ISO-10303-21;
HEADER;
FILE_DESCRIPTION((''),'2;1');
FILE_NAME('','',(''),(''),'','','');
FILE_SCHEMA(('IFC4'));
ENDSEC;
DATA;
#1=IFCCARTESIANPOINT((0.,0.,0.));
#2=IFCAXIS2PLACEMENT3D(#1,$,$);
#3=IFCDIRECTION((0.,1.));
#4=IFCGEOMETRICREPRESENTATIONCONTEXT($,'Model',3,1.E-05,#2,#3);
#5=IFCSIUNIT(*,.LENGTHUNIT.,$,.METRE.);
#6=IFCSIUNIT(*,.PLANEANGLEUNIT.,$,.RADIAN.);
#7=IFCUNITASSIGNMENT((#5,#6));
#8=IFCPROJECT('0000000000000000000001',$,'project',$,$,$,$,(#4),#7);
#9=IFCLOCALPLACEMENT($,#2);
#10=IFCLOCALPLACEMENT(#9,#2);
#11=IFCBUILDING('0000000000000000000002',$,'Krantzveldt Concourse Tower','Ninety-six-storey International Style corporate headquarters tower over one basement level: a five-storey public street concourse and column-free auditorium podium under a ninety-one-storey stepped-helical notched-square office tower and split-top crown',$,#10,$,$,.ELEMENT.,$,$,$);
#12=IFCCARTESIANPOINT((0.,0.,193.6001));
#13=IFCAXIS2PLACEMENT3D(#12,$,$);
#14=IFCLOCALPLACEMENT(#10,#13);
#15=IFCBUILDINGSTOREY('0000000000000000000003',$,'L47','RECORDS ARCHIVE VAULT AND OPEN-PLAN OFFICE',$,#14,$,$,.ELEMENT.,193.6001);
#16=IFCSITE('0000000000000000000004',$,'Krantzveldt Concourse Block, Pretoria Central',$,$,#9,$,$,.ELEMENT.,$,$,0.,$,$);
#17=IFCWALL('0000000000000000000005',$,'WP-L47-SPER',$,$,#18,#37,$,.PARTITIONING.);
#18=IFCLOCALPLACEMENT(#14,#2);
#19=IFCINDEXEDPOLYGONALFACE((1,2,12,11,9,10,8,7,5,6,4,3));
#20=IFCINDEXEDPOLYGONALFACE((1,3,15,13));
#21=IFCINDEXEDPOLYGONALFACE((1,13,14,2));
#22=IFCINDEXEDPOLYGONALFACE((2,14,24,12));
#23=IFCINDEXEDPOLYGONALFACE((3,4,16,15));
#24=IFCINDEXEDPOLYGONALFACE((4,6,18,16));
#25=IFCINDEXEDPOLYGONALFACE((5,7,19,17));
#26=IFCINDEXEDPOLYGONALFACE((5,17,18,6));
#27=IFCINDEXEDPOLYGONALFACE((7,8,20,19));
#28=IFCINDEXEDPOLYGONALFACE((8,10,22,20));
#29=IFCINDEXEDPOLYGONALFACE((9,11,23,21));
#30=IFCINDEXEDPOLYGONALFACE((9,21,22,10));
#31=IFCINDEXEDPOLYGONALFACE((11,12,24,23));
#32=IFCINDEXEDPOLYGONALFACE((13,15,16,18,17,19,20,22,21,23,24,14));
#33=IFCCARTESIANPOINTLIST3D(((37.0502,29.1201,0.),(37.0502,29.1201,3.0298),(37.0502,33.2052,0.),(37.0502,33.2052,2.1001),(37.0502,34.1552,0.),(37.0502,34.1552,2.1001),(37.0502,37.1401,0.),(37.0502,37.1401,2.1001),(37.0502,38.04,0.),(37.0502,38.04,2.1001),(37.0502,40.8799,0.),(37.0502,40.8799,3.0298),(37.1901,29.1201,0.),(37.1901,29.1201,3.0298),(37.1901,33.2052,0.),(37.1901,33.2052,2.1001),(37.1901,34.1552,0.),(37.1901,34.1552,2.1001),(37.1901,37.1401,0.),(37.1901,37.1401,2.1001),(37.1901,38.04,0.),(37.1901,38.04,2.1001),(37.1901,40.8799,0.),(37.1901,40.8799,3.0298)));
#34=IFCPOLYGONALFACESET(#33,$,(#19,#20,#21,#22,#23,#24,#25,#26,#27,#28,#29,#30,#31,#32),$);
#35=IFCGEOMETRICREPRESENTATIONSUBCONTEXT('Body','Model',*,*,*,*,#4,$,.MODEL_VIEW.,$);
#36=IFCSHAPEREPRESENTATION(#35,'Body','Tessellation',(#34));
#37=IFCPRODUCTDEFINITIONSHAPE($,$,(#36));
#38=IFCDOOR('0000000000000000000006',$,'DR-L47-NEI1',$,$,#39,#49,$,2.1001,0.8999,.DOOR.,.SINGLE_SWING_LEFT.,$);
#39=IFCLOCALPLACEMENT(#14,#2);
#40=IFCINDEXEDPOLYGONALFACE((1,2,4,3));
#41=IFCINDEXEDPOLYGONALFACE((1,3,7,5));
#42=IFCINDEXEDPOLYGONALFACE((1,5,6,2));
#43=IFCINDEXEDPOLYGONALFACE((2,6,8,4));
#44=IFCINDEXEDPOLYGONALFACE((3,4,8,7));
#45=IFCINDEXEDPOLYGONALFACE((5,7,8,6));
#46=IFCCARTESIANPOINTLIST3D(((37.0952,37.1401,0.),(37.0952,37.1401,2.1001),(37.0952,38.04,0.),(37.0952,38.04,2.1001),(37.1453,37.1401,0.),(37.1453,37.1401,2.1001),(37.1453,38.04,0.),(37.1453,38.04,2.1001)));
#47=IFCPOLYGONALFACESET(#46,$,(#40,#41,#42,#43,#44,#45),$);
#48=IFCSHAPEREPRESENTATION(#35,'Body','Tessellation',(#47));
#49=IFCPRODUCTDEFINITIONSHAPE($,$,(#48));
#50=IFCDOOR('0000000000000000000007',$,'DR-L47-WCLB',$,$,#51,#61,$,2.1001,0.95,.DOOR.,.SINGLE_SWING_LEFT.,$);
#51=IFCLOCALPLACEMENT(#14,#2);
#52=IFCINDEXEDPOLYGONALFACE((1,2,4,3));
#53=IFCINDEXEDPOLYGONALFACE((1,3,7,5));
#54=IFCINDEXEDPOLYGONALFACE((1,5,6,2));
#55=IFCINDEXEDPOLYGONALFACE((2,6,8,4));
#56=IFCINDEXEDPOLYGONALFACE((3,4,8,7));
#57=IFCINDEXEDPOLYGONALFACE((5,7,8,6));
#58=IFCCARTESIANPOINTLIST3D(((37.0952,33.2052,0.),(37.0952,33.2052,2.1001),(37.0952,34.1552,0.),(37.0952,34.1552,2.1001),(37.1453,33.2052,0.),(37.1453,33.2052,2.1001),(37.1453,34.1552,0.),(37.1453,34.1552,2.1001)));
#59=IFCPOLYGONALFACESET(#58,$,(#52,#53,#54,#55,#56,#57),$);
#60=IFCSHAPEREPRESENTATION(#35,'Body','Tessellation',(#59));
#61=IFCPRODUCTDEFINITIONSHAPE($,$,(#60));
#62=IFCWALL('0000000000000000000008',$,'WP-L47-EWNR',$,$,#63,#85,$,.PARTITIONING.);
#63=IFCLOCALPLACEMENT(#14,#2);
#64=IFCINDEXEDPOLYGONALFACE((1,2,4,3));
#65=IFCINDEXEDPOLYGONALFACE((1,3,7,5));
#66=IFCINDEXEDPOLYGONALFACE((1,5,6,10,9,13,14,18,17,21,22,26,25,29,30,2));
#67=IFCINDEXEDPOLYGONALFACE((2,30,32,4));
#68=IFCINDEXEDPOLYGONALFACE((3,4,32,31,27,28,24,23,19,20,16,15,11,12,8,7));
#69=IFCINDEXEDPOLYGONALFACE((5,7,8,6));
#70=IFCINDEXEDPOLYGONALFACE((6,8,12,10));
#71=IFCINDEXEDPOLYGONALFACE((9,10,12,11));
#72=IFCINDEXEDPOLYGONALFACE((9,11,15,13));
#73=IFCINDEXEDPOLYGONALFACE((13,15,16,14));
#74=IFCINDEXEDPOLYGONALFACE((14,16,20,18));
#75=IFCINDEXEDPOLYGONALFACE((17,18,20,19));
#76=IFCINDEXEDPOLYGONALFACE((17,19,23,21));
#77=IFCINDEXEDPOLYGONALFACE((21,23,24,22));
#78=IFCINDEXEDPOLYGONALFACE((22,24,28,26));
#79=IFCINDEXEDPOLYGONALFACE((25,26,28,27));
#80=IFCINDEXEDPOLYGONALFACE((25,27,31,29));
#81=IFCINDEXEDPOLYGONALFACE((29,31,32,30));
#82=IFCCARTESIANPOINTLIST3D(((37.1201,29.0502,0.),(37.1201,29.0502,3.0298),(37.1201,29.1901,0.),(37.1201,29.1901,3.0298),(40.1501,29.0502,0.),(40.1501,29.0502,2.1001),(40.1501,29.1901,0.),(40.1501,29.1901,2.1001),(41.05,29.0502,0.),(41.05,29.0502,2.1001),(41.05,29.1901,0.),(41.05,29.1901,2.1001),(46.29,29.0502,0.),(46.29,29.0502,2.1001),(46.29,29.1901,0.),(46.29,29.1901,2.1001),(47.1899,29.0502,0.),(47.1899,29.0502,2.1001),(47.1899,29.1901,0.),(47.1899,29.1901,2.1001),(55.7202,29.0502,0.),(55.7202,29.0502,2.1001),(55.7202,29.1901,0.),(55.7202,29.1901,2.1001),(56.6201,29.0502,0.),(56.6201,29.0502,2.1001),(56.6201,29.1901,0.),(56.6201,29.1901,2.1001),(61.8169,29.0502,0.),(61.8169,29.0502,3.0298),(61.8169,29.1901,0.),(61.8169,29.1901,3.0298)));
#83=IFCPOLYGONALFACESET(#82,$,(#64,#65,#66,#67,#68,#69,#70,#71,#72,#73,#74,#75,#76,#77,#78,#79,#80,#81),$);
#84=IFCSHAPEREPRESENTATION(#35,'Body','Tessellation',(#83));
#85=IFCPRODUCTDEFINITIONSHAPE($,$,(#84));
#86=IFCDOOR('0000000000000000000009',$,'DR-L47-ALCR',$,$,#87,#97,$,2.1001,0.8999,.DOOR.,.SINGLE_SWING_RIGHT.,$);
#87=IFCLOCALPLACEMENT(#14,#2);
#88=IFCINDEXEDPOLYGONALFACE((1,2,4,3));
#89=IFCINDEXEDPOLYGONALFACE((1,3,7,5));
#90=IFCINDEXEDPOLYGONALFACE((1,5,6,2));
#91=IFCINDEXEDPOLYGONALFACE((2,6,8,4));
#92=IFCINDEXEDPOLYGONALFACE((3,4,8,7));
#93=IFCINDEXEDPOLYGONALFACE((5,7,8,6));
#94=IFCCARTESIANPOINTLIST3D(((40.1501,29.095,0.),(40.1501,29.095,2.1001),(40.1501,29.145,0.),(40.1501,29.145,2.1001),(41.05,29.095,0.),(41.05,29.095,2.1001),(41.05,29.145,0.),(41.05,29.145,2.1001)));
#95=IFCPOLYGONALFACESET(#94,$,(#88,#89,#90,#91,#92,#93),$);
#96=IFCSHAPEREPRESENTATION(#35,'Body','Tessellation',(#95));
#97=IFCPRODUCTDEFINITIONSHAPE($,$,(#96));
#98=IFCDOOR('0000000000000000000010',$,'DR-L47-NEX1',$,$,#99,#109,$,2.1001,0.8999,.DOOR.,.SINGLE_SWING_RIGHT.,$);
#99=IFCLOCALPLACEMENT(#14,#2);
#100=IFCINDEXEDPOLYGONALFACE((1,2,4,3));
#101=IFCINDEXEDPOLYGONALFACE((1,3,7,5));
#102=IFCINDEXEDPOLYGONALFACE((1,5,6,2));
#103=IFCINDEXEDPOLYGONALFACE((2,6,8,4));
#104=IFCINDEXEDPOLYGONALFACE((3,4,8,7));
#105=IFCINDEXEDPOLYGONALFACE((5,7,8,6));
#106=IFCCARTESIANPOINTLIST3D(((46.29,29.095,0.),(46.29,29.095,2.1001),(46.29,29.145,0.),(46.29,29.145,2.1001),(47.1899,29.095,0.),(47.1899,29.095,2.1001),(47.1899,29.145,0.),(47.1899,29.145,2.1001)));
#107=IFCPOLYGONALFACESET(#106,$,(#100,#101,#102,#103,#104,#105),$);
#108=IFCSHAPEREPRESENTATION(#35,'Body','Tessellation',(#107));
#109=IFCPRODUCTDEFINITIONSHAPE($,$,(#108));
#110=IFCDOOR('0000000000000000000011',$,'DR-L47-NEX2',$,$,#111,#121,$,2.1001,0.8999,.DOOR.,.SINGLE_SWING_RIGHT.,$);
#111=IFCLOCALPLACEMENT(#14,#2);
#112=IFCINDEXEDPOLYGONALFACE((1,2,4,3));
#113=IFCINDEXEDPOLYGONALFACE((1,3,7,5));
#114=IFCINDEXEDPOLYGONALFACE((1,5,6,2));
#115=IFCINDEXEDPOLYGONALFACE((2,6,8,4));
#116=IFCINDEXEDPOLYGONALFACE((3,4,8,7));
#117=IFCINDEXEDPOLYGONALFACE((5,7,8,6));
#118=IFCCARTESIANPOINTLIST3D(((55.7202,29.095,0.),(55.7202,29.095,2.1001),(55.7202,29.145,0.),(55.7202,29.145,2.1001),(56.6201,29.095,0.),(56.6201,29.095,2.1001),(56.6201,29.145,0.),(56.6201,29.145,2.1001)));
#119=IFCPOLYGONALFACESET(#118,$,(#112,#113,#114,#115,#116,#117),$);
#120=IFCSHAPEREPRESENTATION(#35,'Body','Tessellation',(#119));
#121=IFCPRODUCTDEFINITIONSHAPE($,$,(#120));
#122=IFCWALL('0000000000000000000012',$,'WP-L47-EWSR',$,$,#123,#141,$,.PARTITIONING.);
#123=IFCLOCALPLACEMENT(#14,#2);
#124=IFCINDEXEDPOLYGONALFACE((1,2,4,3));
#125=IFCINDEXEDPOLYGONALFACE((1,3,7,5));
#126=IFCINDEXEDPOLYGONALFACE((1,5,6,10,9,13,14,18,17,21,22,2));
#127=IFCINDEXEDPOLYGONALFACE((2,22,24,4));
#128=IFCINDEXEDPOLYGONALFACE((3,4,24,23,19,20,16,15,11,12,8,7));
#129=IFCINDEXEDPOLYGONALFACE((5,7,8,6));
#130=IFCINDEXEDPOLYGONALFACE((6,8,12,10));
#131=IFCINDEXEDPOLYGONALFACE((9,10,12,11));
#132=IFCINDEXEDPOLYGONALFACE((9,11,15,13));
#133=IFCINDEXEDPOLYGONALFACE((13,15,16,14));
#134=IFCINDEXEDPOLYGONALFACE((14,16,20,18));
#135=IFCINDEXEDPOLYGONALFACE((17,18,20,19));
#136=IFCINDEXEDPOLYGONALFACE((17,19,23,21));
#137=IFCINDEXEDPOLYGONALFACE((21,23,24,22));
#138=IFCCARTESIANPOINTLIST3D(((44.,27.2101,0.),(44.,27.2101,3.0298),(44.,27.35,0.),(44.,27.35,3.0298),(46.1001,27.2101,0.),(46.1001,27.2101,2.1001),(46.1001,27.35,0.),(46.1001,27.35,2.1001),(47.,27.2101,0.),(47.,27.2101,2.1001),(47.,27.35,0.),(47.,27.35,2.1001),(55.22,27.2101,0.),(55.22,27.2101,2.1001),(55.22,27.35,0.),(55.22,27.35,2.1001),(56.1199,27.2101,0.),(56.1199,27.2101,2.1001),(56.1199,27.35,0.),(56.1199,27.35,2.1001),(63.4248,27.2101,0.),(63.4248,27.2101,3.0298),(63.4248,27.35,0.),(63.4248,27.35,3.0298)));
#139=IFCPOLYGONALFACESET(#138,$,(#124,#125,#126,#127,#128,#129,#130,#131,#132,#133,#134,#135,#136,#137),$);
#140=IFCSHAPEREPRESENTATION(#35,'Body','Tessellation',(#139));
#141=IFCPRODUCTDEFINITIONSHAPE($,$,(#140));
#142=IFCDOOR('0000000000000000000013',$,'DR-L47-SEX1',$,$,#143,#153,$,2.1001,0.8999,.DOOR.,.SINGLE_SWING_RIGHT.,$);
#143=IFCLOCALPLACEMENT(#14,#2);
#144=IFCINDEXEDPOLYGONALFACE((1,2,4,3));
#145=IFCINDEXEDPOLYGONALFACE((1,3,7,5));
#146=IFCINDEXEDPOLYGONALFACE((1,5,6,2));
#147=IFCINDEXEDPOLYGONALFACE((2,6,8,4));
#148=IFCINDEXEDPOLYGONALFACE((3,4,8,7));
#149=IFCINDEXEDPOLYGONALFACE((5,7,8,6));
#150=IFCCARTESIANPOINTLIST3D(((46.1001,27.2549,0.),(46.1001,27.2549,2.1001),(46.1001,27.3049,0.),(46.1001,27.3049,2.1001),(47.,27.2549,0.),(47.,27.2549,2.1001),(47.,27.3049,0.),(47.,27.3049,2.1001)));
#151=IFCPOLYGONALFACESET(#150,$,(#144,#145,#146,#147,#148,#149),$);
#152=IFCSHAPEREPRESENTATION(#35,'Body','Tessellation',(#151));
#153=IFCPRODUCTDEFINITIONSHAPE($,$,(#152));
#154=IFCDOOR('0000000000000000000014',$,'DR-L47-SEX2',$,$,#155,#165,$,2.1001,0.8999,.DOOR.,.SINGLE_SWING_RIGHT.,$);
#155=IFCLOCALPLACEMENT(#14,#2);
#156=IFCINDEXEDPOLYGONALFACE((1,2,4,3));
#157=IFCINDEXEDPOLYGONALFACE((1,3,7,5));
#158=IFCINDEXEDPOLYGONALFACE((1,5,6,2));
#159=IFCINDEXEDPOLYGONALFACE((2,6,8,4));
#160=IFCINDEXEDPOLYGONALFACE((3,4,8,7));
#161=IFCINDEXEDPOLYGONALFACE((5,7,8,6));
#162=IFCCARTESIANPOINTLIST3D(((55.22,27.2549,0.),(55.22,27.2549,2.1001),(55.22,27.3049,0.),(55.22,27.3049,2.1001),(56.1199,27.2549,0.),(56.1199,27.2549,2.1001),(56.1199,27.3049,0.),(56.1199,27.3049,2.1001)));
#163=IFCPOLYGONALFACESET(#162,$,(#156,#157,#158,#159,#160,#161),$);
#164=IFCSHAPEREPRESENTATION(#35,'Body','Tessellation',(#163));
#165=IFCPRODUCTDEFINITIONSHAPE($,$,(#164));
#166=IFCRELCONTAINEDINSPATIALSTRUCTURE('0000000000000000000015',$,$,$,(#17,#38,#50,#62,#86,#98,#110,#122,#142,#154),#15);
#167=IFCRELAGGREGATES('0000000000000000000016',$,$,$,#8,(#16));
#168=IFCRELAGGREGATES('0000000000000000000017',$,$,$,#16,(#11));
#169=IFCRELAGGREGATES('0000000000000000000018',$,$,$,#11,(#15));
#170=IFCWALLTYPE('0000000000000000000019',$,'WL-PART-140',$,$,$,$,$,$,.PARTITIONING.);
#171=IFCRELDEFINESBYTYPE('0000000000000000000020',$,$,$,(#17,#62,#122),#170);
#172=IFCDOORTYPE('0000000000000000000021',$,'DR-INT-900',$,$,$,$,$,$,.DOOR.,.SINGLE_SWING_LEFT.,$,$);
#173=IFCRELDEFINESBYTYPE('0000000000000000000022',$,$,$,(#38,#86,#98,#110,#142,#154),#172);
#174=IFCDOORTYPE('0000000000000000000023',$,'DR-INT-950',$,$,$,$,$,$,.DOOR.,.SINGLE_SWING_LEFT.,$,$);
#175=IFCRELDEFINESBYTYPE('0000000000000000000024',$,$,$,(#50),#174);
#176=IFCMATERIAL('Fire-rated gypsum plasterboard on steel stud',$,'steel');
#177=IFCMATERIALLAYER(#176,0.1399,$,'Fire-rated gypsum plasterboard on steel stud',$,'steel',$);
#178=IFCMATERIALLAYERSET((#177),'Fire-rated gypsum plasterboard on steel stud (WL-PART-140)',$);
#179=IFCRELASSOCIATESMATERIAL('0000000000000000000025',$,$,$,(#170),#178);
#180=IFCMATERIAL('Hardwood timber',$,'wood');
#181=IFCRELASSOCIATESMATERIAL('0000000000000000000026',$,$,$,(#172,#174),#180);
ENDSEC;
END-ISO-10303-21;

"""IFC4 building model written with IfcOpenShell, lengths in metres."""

from ifc_helpers import new_model, si_unit, direction, frame, frame_2d, origin, place, context, subcontext, project, spatial, rectangle, extrude, material, layer, layer_set, type_object, element, fill, save


model = new_model("IFC4")

# Units and contexts
model_context = context("Model", 3, precision=1e-05, world=origin(), true_north=direction((0.0, 1.0)))
body_context = subcontext(model_context, "Body", "Model", "MODEL_VIEW")
ifc_project = project(units=[si_unit("LENGTHUNIT", "METRE"), si_unit("PLANEANGLEUNIT", "RADIAN")], contexts=[model_context])

# Site, building, storey
site_placement = place(None, origin())
site = spatial("IfcSite", under=ifc_project, at=site_placement, Name="Krantzveldt Concourse Block, Pretoria Central", CompositionType="ELEMENT", RefElevation=0.0)
building_placement = place(site_placement, origin())
building = spatial("IfcBuilding", under=site, at=building_placement, Name="Krantzveldt Concourse Tower", Description="Ninety-six-storey International Style corporate headquarters tower over one basement level: a five-storey public street concourse and column-free auditorium podium under a ninety-one-storey stepped-helical notched-square office tower and split-top crown", CompositionType="ELEMENT")
storey_placement = place(building_placement, frame((0.0, 0.0, 193.6001)))
storey = spatial("IfcBuildingStorey", under=building, at=storey_placement, Name="L47", Description="RECORDS ARCHIVE VAULT AND OPEN-PLAN OFFICE", CompositionType="ELEMENT", Elevation=193.6001)

# Shared definitions
ifc_material_1 = material(Name="Fire-rated gypsum plasterboard on steel stud", Category="steel")

# Walls, openings, doors
ifc_layer_1 = layer(ifc_material_1, 0.1399, Name="Fire-rated gypsum plasterboard on steel stud", Category="steel")
ifc_layer_set_1 = layer_set([ifc_layer_1], Name="Fire-rated gypsum plasterboard on steel stud (WL-PART-140)")
wall_type_1 = type_object("IfcWallType", Name="WL-PART-140", PredefinedType="PARTITIONING", material=ifc_layer_set_1)
wall_1_placement = place(storey_placement, frame((37.1201, 29.1201, 0.0), z_axis=(0.0, 0.0, 1.0), x_axis=(0.0, 1.0, 0.0)))
wall_1 = element("IfcWall", 1, at=wall_1_placement, inside=storey, type_object=wall_type_1, Name="WP-L47-SPER", PredefinedType="PARTITIONING", context=body_context, shape_type="SweptSolid", body=[
    extrude(rectangle(XDim=11.7598, YDim=0.1399, at=frame_2d((5.8799, 0.0))), origin(), (0.0, 0.0, 1.0), 3.0298),
])
opening_1_placement = place(wall_1_placement, frame((4.085, 0.0, 0.0)))
opening_1 = element("IfcOpeningElement", 2, at=opening_1_placement, cuts=wall_1, PredefinedType="OPENING", context=body_context, shape_type="SweptSolid", body=[
    extrude(rectangle(XDim=0.95, YDim=2.1001, at=frame_2d((0.4751, 1.05))), frame((0.0, 0.0801, 0.0), z_axis=(0.0, -1.0, 0.0), x_axis=(1.0, 0.0, 0.0)), (0.0, 0.0, 1.0), 0.1599),
])
opening_2_placement = place(wall_1_placement, frame((8.02, 0.0, 0.0)))
opening_2 = element("IfcOpeningElement", 3, at=opening_2_placement, cuts=wall_1, PredefinedType="OPENING", context=body_context, shape_type="SweptSolid", body=[
    extrude(rectangle(XDim=0.8999, YDim=2.1001, at=frame_2d((0.45, 1.05))), frame((0.0, 0.0801, 0.0), z_axis=(0.0, -1.0, 0.0), x_axis=(1.0, 0.0, 0.0)), (0.0, 0.0, 1.0), 0.1599),
])
ifc_material_2 = material(Name="Hardwood timber", Category="wood")
door_type_1 = type_object("IfcDoorType", Name="DR-INT-900", OperationType="SINGLE_SWING_LEFT", PredefinedType="DOOR", material=ifc_material_2)
door_1_placement = place(opening_2_placement, origin())
door_1 = element("IfcDoor", 4, at=door_1_placement, inside=storey, type_object=door_type_1, Name="DR-L47-NEI1", OperationType="SINGLE_SWING_LEFT", OverallHeight=2.1001, OverallWidth=0.8999, PredefinedType="DOOR", context=body_context, shape_type="SweptSolid", body=[
    extrude(rectangle(XDim=0.8999, YDim=2.1001, at=frame_2d((0.45, 1.05))), frame((0.0, 0.0249, 0.0), z_axis=(0.0, -1.0, 0.0), x_axis=(1.0, 0.0, 0.0)), (0.0, 0.0, 1.0), 0.05),
])
fill(opening_2, door_1)
door_type_2 = type_object("IfcDoorType", Name="DR-INT-950", OperationType="SINGLE_SWING_LEFT", PredefinedType="DOOR", material=ifc_material_2)
door_2_placement = place(opening_1_placement, origin())
door_2 = element("IfcDoor", 5, at=door_2_placement, inside=storey, type_object=door_type_2, Name="DR-L47-WCLB", OperationType="SINGLE_SWING_LEFT", OverallHeight=2.1001, OverallWidth=0.95, PredefinedType="DOOR", context=body_context, shape_type="SweptSolid", body=[
    extrude(rectangle(XDim=0.95, YDim=2.1001, at=frame_2d((0.4751, 1.05))), frame((0.0, 0.0249, 0.0), z_axis=(0.0, -1.0, 0.0), x_axis=(1.0, 0.0, 0.0)), (0.0, 0.0, 1.0), 0.05),
])
fill(opening_1, door_2)
wall_2_placement = place(storey_placement, frame((37.1201, 29.1201, 0.0), z_axis=(0.0, 0.0, 1.0), x_axis=(1.0, 0.0, 0.0)))
wall_2 = element("IfcWall", 6, at=wall_2_placement, inside=storey, type_object=wall_type_1, Name="WP-L47-EWNR", PredefinedType="PARTITIONING", context=body_context, shape_type="SweptSolid", body=[
    extrude(rectangle(XDim=24.6968, YDim=0.1399, at=frame_2d((12.3484, 0.0))), origin(), (0.0, 0.0, 1.0), 3.0298),
])
opening_3_placement = place(wall_2_placement, frame((3.03, 0.0, 0.0)))
opening_3 = element("IfcOpeningElement", 7, at=opening_3_placement, cuts=wall_2, PredefinedType="OPENING", context=body_context, shape_type="SweptSolid", body=[
    extrude(rectangle(XDim=0.8999, YDim=2.1001, at=frame_2d((0.45, 1.05))), frame((0.0, 0.0801, 0.0), z_axis=(0.0, -1.0, 0.0), x_axis=(1.0, 0.0, 0.0)), (0.0, 0.0, 1.0), 0.1599),
])
opening_4_placement = place(wall_2_placement, frame((9.1699, 0.0, 0.0)))
opening_4 = element("IfcOpeningElement", 8, at=opening_4_placement, cuts=wall_2, PredefinedType="OPENING", context=body_context, shape_type="SweptSolid", body=[
    extrude(rectangle(XDim=0.8999, YDim=2.1001, at=frame_2d((0.45, 1.05))), frame((0.0, 0.0801, 0.0), z_axis=(0.0, -1.0, 0.0), x_axis=(1.0, 0.0, 0.0)), (0.0, 0.0, 1.0), 0.1599),
])
opening_5_placement = place(wall_2_placement, frame((18.6001, 0.0, 0.0)))
opening_5 = element("IfcOpeningElement", 9, at=opening_5_placement, cuts=wall_2, PredefinedType="OPENING", context=body_context, shape_type="SweptSolid", body=[
    extrude(rectangle(XDim=0.8999, YDim=2.1001, at=frame_2d((0.45, 1.05))), frame((0.0, 0.0801, 0.0), z_axis=(0.0, -1.0, 0.0), x_axis=(1.0, 0.0, 0.0)), (0.0, 0.0, 1.0), 0.1599),
])
door_3_placement = place(opening_3_placement, origin())
door_3 = element("IfcDoor", 10, at=door_3_placement, inside=storey, type_object=door_type_1, Name="DR-L47-ALCR", OperationType="SINGLE_SWING_RIGHT", OverallHeight=2.1001, OverallWidth=0.8999, PredefinedType="DOOR", context=body_context, shape_type="SweptSolid", body=[
    extrude(rectangle(XDim=0.8999, YDim=2.1001, at=frame_2d((0.45, 1.05))), frame((0.0, 0.0249, 0.0), z_axis=(0.0, -1.0, 0.0), x_axis=(1.0, 0.0, 0.0)), (0.0, 0.0, 1.0), 0.05),
])
fill(opening_3, door_3)
door_4_placement = place(opening_4_placement, origin())
door_4 = element("IfcDoor", 11, at=door_4_placement, inside=storey, type_object=door_type_1, Name="DR-L47-NEX1", OperationType="SINGLE_SWING_RIGHT", OverallHeight=2.1001, OverallWidth=0.8999, PredefinedType="DOOR", context=body_context, shape_type="SweptSolid", body=[
    extrude(rectangle(XDim=0.8999, YDim=2.1001, at=frame_2d((0.45, 1.05))), frame((0.0, 0.0249, 0.0), z_axis=(0.0, -1.0, 0.0), x_axis=(1.0, 0.0, 0.0)), (0.0, 0.0, 1.0), 0.05),
])
fill(opening_4, door_4)
door_5_placement = place(opening_5_placement, origin())
door_5 = element("IfcDoor", 12, at=door_5_placement, inside=storey, type_object=door_type_1, Name="DR-L47-NEX2", OperationType="SINGLE_SWING_RIGHT", OverallHeight=2.1001, OverallWidth=0.8999, PredefinedType="DOOR", context=body_context, shape_type="SweptSolid", body=[
    extrude(rectangle(XDim=0.8999, YDim=2.1001, at=frame_2d((0.45, 1.05))), frame((0.0, 0.0249, 0.0), z_axis=(0.0, -1.0, 0.0), x_axis=(1.0, 0.0, 0.0)), (0.0, 0.0, 1.0), 0.05),
])
fill(opening_5, door_5)
wall_3_placement = place(storey_placement, frame((44.0, 27.28, 0.0), z_axis=(0.0, 0.0, 1.0), x_axis=(1.0, 0.0, 0.0)))
wall_3 = element("IfcWall", 13, at=wall_3_placement, inside=storey, type_object=wall_type_1, Name="WP-L47-EWSR", PredefinedType="PARTITIONING", context=body_context, shape_type="SweptSolid", body=[
    extrude(rectangle(XDim=19.4248, YDim=0.1399, at=frame_2d((9.7124, 0.0))), origin(), (0.0, 0.0, 1.0), 3.0298),
])
opening_6_placement = place(wall_3_placement, frame((2.1001, 0.0, 0.0)))
opening_6 = element("IfcOpeningElement", 14, at=opening_6_placement, cuts=wall_3, PredefinedType="OPENING", context=body_context, shape_type="SweptSolid", body=[
    extrude(rectangle(XDim=0.8999, YDim=2.1001, at=frame_2d((0.45, 1.05))), frame((0.0, 0.0801, 0.0), z_axis=(0.0, -1.0, 0.0), x_axis=(1.0, 0.0, 0.0)), (0.0, 0.0, 1.0), 0.1599),
])
opening_7_placement = place(wall_3_placement, frame((11.22, 0.0, 0.0)))
opening_7 = element("IfcOpeningElement", 15, at=opening_7_placement, cuts=wall_3, PredefinedType="OPENING", context=body_context, shape_type="SweptSolid", body=[
    extrude(rectangle(XDim=0.8999, YDim=2.1001, at=frame_2d((0.45, 1.05))), frame((0.0, 0.0801, 0.0), z_axis=(0.0, -1.0, 0.0), x_axis=(1.0, 0.0, 0.0)), (0.0, 0.0, 1.0), 0.1599),
])
door_6_placement = place(opening_6_placement, origin())
door_6 = element("IfcDoor", 16, at=door_6_placement, inside=storey, type_object=door_type_1, Name="DR-L47-SEX1", OperationType="SINGLE_SWING_RIGHT", OverallHeight=2.1001, OverallWidth=0.8999, PredefinedType="DOOR", context=body_context, shape_type="SweptSolid", body=[
    extrude(rectangle(XDim=0.8999, YDim=2.1001, at=frame_2d((0.45, 1.05))), frame((0.0, 0.0249, 0.0), z_axis=(0.0, -1.0, 0.0), x_axis=(1.0, 0.0, 0.0)), (0.0, 0.0, 1.0), 0.05),
])
fill(opening_6, door_6)
door_7_placement = place(opening_7_placement, origin())
door_7 = element("IfcDoor", 17, at=door_7_placement, inside=storey, type_object=door_type_1, Name="DR-L47-SEX2", OperationType="SINGLE_SWING_RIGHT", OverallHeight=2.1001, OverallWidth=0.8999, PredefinedType="DOOR", context=body_context, shape_type="SweptSolid", body=[
    extrude(rectangle(XDim=0.8999, YDim=2.1001, at=frame_2d((0.45, 1.05))), frame((0.0, 0.0249, 0.0), z_axis=(0.0, -1.0, 0.0), x_axis=(1.0, 0.0, 0.0)), (0.0, 0.0, 1.0), 0.05),
])
fill(opening_7, door_7)

save(model, "model.ifc")
